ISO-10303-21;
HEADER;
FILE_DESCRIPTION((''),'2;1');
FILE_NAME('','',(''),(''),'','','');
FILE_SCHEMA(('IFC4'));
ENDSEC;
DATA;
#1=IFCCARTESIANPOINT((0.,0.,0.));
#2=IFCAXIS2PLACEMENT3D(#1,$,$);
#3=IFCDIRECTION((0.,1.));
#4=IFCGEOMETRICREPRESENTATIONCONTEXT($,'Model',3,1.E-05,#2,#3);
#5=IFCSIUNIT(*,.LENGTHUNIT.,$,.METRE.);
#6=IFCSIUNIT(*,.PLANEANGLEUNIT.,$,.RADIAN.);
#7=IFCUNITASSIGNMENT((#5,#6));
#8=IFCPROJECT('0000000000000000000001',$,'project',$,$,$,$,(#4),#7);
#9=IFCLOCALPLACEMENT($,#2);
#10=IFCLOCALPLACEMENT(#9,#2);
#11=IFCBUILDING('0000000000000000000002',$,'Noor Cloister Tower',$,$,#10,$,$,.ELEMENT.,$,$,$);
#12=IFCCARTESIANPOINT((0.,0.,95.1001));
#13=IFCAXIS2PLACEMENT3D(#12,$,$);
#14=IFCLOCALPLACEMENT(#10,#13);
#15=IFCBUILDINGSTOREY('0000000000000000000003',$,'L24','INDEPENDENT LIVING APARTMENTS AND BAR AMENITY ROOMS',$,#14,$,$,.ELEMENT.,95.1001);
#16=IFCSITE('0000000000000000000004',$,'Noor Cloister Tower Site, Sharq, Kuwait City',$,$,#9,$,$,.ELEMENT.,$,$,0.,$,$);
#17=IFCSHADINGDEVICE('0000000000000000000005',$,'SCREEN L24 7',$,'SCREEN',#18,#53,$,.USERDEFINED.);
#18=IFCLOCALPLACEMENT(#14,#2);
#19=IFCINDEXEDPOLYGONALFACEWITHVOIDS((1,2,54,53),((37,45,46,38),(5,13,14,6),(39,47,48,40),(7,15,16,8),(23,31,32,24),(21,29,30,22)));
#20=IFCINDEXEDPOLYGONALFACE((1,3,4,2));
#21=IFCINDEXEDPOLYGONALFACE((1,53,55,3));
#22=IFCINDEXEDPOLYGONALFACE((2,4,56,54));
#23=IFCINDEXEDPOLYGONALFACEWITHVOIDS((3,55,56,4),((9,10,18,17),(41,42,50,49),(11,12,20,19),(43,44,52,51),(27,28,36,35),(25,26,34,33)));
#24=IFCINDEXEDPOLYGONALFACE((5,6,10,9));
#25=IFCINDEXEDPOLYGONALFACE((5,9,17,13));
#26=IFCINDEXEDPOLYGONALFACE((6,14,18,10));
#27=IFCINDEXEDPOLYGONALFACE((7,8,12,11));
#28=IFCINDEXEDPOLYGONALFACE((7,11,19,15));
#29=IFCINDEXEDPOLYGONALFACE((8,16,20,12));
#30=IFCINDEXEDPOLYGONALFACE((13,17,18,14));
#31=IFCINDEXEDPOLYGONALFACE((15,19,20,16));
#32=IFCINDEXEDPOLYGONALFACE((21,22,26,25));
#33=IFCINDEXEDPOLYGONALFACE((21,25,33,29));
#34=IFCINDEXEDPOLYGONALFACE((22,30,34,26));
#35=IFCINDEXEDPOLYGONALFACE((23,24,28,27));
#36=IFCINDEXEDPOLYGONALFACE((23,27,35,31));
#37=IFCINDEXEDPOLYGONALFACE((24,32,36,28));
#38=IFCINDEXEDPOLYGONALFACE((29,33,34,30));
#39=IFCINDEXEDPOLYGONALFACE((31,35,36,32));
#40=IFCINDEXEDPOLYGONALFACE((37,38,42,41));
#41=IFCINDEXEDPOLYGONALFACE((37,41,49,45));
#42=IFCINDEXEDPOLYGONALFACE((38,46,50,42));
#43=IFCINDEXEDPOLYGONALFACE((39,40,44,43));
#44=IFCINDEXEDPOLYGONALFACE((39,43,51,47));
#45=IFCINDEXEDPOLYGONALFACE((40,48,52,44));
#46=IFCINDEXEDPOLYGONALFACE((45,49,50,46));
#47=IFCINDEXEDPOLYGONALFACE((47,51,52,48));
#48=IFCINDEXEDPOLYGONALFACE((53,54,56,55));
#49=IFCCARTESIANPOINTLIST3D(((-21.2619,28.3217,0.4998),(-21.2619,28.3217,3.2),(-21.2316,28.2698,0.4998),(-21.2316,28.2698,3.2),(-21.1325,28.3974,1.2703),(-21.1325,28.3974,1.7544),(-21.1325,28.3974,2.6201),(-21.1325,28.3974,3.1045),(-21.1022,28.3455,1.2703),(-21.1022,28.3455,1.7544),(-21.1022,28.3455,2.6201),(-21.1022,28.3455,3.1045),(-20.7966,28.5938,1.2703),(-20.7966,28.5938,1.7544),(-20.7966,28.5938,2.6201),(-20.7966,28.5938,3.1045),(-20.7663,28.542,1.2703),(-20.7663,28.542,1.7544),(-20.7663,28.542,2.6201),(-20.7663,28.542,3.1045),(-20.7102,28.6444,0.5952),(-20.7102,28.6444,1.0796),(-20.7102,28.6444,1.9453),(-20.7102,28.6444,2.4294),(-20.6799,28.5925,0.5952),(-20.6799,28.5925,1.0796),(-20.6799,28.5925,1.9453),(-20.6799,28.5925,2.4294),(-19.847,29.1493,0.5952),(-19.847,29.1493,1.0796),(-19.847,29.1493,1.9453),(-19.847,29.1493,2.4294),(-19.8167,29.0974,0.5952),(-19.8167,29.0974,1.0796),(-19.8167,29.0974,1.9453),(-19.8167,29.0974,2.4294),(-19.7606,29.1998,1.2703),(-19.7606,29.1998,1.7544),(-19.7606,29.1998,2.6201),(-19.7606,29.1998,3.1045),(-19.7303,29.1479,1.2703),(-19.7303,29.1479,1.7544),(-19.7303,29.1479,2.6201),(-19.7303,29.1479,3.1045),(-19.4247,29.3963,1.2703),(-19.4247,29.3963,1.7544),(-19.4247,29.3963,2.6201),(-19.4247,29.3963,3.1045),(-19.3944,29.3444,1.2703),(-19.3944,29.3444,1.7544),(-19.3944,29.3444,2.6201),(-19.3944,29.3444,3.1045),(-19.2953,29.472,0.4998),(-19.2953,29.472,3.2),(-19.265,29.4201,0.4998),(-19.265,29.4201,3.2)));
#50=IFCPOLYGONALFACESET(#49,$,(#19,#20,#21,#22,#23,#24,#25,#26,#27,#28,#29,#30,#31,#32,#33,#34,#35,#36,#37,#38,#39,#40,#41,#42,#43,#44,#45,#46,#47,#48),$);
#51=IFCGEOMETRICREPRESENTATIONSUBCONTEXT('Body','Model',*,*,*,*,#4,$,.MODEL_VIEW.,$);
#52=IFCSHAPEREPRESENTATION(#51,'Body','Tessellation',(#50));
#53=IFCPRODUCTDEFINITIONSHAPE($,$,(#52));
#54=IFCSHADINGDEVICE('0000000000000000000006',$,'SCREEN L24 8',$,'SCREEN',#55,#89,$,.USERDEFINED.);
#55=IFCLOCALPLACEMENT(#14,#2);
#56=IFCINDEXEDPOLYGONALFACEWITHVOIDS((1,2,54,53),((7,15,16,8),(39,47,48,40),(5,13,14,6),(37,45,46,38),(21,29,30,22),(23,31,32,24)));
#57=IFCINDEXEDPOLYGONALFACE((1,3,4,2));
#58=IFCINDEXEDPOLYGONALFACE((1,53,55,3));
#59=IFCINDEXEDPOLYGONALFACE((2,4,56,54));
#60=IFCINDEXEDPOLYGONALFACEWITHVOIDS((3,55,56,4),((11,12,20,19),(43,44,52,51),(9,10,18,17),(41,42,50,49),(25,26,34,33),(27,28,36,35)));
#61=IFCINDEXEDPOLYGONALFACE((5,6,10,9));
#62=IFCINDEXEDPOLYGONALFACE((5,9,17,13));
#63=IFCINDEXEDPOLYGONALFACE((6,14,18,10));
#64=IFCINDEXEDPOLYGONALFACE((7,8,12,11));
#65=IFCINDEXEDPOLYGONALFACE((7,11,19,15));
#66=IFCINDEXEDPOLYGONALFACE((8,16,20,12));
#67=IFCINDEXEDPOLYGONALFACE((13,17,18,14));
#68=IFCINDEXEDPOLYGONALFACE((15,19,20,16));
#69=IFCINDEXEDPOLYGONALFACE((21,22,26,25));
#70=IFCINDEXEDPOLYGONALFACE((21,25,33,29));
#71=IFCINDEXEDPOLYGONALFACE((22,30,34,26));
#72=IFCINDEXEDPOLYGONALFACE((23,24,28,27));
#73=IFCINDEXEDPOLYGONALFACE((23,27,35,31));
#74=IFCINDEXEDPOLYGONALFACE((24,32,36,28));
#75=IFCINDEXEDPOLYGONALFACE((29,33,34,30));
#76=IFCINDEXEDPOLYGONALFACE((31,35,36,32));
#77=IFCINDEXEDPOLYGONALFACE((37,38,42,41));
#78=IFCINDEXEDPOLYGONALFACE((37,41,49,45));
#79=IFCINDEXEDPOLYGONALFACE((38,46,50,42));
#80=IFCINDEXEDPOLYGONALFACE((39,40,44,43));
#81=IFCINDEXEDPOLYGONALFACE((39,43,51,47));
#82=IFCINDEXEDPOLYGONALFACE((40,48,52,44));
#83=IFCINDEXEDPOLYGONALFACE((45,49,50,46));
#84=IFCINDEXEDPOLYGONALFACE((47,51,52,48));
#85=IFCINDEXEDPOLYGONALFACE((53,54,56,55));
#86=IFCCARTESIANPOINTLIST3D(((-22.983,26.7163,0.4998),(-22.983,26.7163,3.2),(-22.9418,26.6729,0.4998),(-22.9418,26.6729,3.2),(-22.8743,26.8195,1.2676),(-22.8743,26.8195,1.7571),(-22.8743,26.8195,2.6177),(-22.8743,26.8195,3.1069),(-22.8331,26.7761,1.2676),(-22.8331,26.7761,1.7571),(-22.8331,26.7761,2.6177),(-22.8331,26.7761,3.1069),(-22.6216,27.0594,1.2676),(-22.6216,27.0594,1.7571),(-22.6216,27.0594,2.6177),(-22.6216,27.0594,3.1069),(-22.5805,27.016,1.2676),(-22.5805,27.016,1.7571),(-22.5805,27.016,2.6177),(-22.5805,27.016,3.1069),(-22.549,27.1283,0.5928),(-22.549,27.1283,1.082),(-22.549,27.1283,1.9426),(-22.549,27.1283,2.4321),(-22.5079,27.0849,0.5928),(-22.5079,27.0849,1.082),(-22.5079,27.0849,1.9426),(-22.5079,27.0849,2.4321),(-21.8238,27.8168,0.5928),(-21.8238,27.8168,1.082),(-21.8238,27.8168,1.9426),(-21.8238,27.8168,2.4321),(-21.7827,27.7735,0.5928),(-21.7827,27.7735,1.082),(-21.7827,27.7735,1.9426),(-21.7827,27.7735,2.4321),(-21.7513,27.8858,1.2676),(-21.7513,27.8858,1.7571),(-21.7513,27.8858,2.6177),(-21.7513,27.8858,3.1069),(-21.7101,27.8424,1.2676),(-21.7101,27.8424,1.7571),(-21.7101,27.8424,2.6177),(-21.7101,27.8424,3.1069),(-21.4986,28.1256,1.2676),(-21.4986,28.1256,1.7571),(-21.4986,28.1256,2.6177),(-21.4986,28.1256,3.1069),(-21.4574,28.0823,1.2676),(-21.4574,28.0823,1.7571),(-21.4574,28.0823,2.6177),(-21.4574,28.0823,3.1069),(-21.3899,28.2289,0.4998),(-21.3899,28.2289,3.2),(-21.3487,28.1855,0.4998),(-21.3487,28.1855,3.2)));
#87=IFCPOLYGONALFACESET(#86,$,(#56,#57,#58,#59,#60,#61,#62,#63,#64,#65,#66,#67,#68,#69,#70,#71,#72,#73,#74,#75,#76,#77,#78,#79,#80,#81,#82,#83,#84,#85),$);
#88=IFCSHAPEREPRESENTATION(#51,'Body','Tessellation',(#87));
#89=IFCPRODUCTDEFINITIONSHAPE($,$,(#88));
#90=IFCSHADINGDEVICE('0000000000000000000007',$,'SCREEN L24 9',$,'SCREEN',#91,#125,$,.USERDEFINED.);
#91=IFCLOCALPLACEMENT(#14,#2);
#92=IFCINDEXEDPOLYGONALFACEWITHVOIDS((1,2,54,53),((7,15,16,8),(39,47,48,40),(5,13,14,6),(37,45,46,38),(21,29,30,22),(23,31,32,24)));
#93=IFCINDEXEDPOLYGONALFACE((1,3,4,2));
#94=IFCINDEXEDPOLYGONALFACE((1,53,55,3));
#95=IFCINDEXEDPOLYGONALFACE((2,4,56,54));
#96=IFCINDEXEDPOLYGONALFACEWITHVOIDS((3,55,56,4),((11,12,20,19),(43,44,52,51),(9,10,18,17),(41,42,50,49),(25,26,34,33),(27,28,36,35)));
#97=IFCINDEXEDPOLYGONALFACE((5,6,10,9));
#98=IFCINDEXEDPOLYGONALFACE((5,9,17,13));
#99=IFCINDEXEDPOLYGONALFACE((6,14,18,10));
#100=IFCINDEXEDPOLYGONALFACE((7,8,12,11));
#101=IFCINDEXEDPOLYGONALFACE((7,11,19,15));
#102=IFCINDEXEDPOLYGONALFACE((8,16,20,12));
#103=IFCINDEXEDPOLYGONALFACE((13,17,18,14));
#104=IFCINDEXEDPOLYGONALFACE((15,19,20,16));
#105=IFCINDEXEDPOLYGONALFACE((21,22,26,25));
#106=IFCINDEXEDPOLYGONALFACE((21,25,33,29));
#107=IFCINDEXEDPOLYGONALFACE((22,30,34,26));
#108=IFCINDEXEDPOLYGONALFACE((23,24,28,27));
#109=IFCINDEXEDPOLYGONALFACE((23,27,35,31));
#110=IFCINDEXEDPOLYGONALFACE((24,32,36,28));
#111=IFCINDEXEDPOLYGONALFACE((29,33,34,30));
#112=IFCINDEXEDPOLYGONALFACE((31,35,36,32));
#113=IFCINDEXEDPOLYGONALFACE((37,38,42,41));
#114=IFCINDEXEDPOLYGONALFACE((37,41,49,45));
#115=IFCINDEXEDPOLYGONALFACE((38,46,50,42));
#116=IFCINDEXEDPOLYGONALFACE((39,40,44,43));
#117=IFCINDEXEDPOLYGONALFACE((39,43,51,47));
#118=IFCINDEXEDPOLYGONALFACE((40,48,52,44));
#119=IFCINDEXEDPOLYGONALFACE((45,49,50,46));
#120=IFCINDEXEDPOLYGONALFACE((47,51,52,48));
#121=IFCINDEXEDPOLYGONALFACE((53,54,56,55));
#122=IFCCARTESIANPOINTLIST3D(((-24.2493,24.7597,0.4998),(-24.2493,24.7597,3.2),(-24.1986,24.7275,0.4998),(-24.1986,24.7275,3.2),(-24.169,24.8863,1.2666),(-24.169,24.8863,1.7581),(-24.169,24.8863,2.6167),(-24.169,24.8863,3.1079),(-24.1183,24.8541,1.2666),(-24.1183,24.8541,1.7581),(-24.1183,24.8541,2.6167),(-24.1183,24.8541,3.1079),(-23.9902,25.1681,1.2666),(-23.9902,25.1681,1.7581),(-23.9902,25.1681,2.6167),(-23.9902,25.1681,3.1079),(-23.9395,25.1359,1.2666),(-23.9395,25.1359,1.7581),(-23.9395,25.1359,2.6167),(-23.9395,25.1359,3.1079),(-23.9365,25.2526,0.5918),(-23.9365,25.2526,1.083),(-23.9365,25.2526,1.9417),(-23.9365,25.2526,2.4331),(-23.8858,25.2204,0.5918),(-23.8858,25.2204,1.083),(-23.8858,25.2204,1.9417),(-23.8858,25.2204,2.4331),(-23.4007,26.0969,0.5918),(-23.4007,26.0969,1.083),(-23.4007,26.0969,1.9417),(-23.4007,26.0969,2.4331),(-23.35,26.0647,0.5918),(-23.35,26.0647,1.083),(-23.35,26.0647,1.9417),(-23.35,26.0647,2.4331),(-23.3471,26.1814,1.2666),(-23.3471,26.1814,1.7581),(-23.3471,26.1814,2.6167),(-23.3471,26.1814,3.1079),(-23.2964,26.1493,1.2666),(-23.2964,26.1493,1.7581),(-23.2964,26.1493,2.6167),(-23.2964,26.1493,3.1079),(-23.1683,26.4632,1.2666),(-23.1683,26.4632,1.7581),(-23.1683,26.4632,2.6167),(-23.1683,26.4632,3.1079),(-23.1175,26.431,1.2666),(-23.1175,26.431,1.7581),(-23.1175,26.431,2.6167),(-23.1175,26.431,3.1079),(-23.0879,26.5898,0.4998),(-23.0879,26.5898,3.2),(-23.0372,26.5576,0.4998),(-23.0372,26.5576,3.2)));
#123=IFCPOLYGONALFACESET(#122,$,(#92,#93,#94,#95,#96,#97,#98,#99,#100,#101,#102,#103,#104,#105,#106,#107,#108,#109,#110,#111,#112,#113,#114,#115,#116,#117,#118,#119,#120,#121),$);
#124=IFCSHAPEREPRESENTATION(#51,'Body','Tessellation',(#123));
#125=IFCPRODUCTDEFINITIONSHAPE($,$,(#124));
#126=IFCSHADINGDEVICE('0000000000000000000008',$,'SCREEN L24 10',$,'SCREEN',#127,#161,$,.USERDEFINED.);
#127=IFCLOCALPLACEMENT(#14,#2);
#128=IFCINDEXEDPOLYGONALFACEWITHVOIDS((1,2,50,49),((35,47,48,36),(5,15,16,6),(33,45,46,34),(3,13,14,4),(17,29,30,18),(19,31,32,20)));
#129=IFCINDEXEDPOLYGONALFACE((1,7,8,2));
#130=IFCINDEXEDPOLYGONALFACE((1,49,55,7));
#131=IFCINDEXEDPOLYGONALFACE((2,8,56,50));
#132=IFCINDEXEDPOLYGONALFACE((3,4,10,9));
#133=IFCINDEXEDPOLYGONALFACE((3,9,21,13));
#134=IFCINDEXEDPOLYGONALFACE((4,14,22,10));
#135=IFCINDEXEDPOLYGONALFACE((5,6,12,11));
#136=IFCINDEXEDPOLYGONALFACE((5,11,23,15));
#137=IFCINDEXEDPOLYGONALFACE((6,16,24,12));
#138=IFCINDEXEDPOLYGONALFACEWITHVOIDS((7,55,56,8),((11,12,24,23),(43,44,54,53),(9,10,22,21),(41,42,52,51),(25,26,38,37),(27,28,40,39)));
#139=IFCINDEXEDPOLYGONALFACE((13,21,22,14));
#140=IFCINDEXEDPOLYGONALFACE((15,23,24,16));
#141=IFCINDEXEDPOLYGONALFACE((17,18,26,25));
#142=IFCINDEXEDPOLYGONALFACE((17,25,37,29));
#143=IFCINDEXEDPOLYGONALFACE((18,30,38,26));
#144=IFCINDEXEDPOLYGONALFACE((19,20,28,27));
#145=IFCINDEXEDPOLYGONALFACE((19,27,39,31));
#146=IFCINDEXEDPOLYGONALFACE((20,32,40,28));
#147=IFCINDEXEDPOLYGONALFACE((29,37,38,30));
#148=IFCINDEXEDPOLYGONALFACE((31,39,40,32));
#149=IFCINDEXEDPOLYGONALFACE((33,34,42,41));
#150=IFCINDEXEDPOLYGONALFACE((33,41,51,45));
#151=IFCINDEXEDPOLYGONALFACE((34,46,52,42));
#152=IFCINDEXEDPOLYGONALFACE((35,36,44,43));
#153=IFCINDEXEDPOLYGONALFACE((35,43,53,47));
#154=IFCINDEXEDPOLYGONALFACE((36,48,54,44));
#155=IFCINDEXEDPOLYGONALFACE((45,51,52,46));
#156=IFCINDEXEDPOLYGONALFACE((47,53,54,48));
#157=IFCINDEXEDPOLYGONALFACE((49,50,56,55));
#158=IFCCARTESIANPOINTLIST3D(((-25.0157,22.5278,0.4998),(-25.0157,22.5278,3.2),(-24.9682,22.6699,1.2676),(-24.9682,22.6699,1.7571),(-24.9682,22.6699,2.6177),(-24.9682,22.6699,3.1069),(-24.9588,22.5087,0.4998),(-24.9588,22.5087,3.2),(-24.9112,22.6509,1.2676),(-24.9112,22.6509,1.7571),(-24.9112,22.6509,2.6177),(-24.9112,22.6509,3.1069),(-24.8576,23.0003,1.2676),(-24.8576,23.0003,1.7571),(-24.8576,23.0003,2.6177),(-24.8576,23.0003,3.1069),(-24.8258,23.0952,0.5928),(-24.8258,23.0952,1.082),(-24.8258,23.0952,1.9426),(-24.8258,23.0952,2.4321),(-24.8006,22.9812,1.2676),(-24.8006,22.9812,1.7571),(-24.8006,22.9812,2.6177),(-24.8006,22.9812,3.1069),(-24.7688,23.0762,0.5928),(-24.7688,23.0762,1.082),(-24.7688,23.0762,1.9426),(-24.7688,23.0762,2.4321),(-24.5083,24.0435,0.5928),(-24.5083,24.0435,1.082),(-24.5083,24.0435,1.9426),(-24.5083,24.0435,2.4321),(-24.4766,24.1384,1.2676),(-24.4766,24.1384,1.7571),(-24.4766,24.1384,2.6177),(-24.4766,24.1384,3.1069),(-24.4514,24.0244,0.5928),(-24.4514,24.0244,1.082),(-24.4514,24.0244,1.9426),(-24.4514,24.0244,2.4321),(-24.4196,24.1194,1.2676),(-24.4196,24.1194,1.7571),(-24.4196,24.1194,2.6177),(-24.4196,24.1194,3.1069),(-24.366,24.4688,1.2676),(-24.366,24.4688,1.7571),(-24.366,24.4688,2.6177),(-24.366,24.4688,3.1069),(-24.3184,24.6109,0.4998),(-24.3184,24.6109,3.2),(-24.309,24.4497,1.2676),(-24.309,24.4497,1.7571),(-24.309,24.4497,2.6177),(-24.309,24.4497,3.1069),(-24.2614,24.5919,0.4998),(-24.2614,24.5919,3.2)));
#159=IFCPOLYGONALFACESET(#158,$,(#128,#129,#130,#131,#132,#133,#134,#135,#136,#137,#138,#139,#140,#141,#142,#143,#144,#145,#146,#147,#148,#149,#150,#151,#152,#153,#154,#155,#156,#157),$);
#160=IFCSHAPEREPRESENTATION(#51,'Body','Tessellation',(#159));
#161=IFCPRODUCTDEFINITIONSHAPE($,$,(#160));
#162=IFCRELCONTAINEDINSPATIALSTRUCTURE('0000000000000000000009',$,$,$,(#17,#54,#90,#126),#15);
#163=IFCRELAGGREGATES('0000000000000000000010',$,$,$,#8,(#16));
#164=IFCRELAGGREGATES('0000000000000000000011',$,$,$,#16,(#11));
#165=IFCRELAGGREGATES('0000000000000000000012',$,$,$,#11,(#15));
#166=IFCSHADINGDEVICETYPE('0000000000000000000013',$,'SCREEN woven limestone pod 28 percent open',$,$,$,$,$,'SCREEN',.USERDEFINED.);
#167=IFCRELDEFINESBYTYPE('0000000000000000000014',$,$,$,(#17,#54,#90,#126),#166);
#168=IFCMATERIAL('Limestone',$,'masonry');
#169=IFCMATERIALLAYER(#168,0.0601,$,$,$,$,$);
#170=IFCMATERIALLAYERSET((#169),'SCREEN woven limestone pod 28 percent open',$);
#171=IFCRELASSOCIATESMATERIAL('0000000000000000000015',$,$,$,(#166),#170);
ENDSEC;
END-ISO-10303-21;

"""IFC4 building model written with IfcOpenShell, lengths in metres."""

from ifc_helpers import new_model, si_unit, direction, frame, origin, place, context, subcontext, project, spatial, polyline, outline, extrude, material, layer, layer_set, type_object, element, save


model = new_model("IFC4")

# Units and contexts
model_context = context("Model", 3, precision=1e-05, world=origin(), true_north=direction((0.0, 1.0)))
body_context = subcontext(model_context, "Body", "Model", "MODEL_VIEW")
ifc_project = project(units=[si_unit("LENGTHUNIT", "METRE"), si_unit("PLANEANGLEUNIT", "RADIAN")], contexts=[model_context])

# Site, building, storey
site_placement = place(None, origin())
site = spatial("IfcSite", under=ifc_project, at=site_placement, Name="Noor Cloister Tower Site, Sharq, Kuwait City", CompositionType="ELEMENT", RefElevation=0.0)
building_placement = place(site_placement, origin())
building = spatial("IfcBuilding", under=site, at=building_placement, Name="Noor Cloister Tower", CompositionType="ELEMENT")
storey_placement = place(building_placement, frame((0.0, 0.0, 95.1001)))
storey = spatial("IfcBuildingStorey", under=building, at=storey_placement, Name="L24", Description="INDEPENDENT LIVING APARTMENTS AND BAR AMENITY ROOMS", CompositionType="ELEMENT", Elevation=95.1001)

# Shading devices
ifc_material_1 = material(Name="Limestone", Category="masonry")
ifc_layer_1 = layer(ifc_material_1, 0.0601)
ifc_layer_set_1 = layer_set([ifc_layer_1], Name="SCREEN woven limestone pod 28 percent open")
shading_device_type = type_object("IfcShadingDeviceType", Name="SCREEN woven limestone pod 28 percent open", ElementType="SCREEN", PredefinedType="USERDEFINED", material=ifc_layer_set_1)
shading_device_1_placement = place(storey_placement, frame((-20.2483, 28.845, 1.8499), z_axis=(-0.504883, 0.863188, 0.0), x_axis=(-0.863188, -0.504883, 0.0)))
element("IfcShadingDevice", 1, at=shading_device_1_placement, inside=storey, type_object=shading_device_type, Name="SCREEN L24 7", ObjectType="SCREEN", PredefinedType="USERDEFINED", context=body_context, shape_type="SweptSolid", body=[
    extrude(outline(polyline([(-1.1392, -1.3501), (1.1392, -1.3501), (1.1392, 1.3501), (-1.1392, 1.3501), (-1.1392, -1.3501)]), holes=[polyline([(-0.5, -1.2546), (0.5, -1.2546), (0.5, -0.7703), (-0.5, -0.7703), (-0.5, -1.2546)]), polyline([(0.6001, -0.5796), (0.9893, -0.5796), (0.9893, -0.0955), (0.6001, -0.0955), (0.6001, -0.5796)]), polyline([(-0.9893, -0.5796), (-0.6001, -0.5796), (-0.6001, -0.0955), (-0.9893, -0.0955), (-0.9893, -0.5796)]), polyline([(-0.5, 0.0955), (0.5, 0.0955), (0.5, 0.5796), (-0.5, 0.5796), (-0.5, 0.0955)]), polyline([(0.6001, 0.7703), (0.9893, 0.7703), (0.9893, 1.2546), (0.6001, 1.2546), (0.6001, 0.7703)]), polyline([(-0.9893, 0.7703), (-0.6001, 0.7703), (-0.6001, 1.2546), (-0.9893, 1.2546), (-0.9893, 0.7703)])]), origin(), (0.0, 0.0, 1.0), 0.0601),
])
shading_device_2_placement = place(storey_placement, frame((-22.1453, 27.4292, 1.8499), z_axis=(-0.688535, 0.725203, 0.0), x_axis=(-0.725203, -0.688535, 0.0)))
element("IfcShadingDevice", 2, at=shading_device_2_placement, inside=storey, type_object=shading_device_type, Name="SCREEN L24 8", ObjectType="SCREEN", PredefinedType="USERDEFINED", context=body_context, shape_type="SweptSolid", body=[
    extrude(outline(polyline([(-1.0984, -1.3501), (1.0984, -1.3501), (1.0984, 1.3501), (-1.0984, 1.3501), (-1.0984, -1.3501)]), holes=[polyline([(-0.5, -1.2571), (0.5, -1.2571), (0.5, -0.7678), (-0.5, -0.7678), (-0.5, -1.2571)]), polyline([(0.6001, -0.5823), (0.9485, -0.5823), (0.9485, -0.0928), (0.6001, -0.0928), (0.6001, -0.5823)]), polyline([(-0.9485, -0.5823), (-0.6001, -0.5823), (-0.6001, -0.0928), (-0.9485, -0.0928), (-0.9485, -0.5823)]), polyline([(-0.5, 0.0928), (0.5, 0.0928), (0.5, 0.5823), (-0.5, 0.5823), (-0.5, 0.0928)]), polyline([(0.6001, 0.7678), (0.9485, 0.7678), (0.9485, 1.2571), (0.6001, 1.2571), (0.6001, 0.7678)]), polyline([(-0.9485, 0.7678), (-0.6001, 0.7678), (-0.6001, 1.2571), (-0.9485, 1.2571), (-0.9485, 0.7678)])]), origin(), (0.0, 0.0, 1.0), 0.0598),
])
shading_device_3_placement = place(storey_placement, frame((-23.6179, 25.6426, 1.8499), z_axis=(-0.844329, 0.535824, 0.0), x_axis=(-0.535824, -0.844329, 0.0)))
element("IfcShadingDevice", 3, at=shading_device_3_placement, inside=storey, type_object=shading_device_type, Name="SCREEN L24 9", ObjectType="SCREEN", PredefinedType="USERDEFINED", context=body_context, shape_type="SweptSolid", body=[
    extrude(outline(polyline([(-1.0837, -1.3501), (1.0837, -1.3501), (1.0837, 1.3501), (-1.0837, 1.3501), (-1.0837, -1.3501)]), holes=[polyline([(-0.5, -1.2581), (0.5, -1.2581), (0.5, -0.7668), (-0.5, -0.7668), (-0.5, -1.2581)]), polyline([(0.6001, -0.5833), (0.9338, -0.5833), (0.9338, -0.0918), (0.6001, -0.0918), (0.6001, -0.5833)]), polyline([(-0.9338, -0.5833), (-0.6001, -0.5833), (-0.6001, -0.0918), (-0.9338, -0.0918), (-0.9338, -0.5833)]), polyline([(-0.5, 0.0918), (0.5, 0.0918), (0.5, 0.5833), (-0.5, 0.5833), (-0.5, 0.0918)]), polyline([(0.6001, 0.7668), (0.9338, 0.7668), (0.9338, 1.2581), (0.6001, 1.2581), (0.6001, 0.7668)]), polyline([(-0.9338, 0.7668), (-0.6001, 0.7668), (-0.6001, 1.2581), (-0.9338, 1.2581), (-0.9338, 0.7668)])]), origin(), (0.0, 0.0, 1.0), 0.0601),
])
shading_device_4_placement = place(storey_placement, frame((-24.6101, 23.5503, 1.8499), z_axis=(-0.948276, 0.317448, 0.0), x_axis=(-0.317448, -0.948276, 0.0)))
element("IfcShadingDevice", 4, at=shading_device_4_placement, inside=storey, type_object=shading_device_type, Name="SCREEN L24 10", ObjectType="SCREEN", PredefinedType="USERDEFINED", context=body_context, shape_type="SweptSolid", body=[
    extrude(outline(polyline([(-1.0984, -1.3501), (1.0984, -1.3501), (1.0984, 1.3501), (-1.0984, 1.3501), (-1.0984, -1.3501)]), holes=[polyline([(-0.5, -1.2571), (0.5, -1.2571), (0.5, -0.7678), (-0.5, -0.7678), (-0.5, -1.2571)]), polyline([(0.6001, -0.5823), (0.9485, -0.5823), (0.9485, -0.0928), (0.6001, -0.0928), (0.6001, -0.5823)]), polyline([(-0.9485, -0.5823), (-0.6001, -0.5823), (-0.6001, -0.0928), (-0.9485, -0.0928), (-0.9485, -0.5823)]), polyline([(-0.5, 0.0928), (0.5, 0.0928), (0.5, 0.5823), (-0.5, 0.5823), (-0.5, 0.0928)]), polyline([(0.6001, 0.7678), (0.9485, 0.7678), (0.9485, 1.2571), (0.6001, 1.2571), (0.6001, 0.7678)]), polyline([(-0.9485, 0.7678), (-0.6001, 0.7678), (-0.6001, 1.2571), (-0.9485, 1.2571), (-0.9485, 0.7678)])]), origin(), (0.0, 0.0, 1.0), 0.0601),
])

save(model, "model.ifc")
